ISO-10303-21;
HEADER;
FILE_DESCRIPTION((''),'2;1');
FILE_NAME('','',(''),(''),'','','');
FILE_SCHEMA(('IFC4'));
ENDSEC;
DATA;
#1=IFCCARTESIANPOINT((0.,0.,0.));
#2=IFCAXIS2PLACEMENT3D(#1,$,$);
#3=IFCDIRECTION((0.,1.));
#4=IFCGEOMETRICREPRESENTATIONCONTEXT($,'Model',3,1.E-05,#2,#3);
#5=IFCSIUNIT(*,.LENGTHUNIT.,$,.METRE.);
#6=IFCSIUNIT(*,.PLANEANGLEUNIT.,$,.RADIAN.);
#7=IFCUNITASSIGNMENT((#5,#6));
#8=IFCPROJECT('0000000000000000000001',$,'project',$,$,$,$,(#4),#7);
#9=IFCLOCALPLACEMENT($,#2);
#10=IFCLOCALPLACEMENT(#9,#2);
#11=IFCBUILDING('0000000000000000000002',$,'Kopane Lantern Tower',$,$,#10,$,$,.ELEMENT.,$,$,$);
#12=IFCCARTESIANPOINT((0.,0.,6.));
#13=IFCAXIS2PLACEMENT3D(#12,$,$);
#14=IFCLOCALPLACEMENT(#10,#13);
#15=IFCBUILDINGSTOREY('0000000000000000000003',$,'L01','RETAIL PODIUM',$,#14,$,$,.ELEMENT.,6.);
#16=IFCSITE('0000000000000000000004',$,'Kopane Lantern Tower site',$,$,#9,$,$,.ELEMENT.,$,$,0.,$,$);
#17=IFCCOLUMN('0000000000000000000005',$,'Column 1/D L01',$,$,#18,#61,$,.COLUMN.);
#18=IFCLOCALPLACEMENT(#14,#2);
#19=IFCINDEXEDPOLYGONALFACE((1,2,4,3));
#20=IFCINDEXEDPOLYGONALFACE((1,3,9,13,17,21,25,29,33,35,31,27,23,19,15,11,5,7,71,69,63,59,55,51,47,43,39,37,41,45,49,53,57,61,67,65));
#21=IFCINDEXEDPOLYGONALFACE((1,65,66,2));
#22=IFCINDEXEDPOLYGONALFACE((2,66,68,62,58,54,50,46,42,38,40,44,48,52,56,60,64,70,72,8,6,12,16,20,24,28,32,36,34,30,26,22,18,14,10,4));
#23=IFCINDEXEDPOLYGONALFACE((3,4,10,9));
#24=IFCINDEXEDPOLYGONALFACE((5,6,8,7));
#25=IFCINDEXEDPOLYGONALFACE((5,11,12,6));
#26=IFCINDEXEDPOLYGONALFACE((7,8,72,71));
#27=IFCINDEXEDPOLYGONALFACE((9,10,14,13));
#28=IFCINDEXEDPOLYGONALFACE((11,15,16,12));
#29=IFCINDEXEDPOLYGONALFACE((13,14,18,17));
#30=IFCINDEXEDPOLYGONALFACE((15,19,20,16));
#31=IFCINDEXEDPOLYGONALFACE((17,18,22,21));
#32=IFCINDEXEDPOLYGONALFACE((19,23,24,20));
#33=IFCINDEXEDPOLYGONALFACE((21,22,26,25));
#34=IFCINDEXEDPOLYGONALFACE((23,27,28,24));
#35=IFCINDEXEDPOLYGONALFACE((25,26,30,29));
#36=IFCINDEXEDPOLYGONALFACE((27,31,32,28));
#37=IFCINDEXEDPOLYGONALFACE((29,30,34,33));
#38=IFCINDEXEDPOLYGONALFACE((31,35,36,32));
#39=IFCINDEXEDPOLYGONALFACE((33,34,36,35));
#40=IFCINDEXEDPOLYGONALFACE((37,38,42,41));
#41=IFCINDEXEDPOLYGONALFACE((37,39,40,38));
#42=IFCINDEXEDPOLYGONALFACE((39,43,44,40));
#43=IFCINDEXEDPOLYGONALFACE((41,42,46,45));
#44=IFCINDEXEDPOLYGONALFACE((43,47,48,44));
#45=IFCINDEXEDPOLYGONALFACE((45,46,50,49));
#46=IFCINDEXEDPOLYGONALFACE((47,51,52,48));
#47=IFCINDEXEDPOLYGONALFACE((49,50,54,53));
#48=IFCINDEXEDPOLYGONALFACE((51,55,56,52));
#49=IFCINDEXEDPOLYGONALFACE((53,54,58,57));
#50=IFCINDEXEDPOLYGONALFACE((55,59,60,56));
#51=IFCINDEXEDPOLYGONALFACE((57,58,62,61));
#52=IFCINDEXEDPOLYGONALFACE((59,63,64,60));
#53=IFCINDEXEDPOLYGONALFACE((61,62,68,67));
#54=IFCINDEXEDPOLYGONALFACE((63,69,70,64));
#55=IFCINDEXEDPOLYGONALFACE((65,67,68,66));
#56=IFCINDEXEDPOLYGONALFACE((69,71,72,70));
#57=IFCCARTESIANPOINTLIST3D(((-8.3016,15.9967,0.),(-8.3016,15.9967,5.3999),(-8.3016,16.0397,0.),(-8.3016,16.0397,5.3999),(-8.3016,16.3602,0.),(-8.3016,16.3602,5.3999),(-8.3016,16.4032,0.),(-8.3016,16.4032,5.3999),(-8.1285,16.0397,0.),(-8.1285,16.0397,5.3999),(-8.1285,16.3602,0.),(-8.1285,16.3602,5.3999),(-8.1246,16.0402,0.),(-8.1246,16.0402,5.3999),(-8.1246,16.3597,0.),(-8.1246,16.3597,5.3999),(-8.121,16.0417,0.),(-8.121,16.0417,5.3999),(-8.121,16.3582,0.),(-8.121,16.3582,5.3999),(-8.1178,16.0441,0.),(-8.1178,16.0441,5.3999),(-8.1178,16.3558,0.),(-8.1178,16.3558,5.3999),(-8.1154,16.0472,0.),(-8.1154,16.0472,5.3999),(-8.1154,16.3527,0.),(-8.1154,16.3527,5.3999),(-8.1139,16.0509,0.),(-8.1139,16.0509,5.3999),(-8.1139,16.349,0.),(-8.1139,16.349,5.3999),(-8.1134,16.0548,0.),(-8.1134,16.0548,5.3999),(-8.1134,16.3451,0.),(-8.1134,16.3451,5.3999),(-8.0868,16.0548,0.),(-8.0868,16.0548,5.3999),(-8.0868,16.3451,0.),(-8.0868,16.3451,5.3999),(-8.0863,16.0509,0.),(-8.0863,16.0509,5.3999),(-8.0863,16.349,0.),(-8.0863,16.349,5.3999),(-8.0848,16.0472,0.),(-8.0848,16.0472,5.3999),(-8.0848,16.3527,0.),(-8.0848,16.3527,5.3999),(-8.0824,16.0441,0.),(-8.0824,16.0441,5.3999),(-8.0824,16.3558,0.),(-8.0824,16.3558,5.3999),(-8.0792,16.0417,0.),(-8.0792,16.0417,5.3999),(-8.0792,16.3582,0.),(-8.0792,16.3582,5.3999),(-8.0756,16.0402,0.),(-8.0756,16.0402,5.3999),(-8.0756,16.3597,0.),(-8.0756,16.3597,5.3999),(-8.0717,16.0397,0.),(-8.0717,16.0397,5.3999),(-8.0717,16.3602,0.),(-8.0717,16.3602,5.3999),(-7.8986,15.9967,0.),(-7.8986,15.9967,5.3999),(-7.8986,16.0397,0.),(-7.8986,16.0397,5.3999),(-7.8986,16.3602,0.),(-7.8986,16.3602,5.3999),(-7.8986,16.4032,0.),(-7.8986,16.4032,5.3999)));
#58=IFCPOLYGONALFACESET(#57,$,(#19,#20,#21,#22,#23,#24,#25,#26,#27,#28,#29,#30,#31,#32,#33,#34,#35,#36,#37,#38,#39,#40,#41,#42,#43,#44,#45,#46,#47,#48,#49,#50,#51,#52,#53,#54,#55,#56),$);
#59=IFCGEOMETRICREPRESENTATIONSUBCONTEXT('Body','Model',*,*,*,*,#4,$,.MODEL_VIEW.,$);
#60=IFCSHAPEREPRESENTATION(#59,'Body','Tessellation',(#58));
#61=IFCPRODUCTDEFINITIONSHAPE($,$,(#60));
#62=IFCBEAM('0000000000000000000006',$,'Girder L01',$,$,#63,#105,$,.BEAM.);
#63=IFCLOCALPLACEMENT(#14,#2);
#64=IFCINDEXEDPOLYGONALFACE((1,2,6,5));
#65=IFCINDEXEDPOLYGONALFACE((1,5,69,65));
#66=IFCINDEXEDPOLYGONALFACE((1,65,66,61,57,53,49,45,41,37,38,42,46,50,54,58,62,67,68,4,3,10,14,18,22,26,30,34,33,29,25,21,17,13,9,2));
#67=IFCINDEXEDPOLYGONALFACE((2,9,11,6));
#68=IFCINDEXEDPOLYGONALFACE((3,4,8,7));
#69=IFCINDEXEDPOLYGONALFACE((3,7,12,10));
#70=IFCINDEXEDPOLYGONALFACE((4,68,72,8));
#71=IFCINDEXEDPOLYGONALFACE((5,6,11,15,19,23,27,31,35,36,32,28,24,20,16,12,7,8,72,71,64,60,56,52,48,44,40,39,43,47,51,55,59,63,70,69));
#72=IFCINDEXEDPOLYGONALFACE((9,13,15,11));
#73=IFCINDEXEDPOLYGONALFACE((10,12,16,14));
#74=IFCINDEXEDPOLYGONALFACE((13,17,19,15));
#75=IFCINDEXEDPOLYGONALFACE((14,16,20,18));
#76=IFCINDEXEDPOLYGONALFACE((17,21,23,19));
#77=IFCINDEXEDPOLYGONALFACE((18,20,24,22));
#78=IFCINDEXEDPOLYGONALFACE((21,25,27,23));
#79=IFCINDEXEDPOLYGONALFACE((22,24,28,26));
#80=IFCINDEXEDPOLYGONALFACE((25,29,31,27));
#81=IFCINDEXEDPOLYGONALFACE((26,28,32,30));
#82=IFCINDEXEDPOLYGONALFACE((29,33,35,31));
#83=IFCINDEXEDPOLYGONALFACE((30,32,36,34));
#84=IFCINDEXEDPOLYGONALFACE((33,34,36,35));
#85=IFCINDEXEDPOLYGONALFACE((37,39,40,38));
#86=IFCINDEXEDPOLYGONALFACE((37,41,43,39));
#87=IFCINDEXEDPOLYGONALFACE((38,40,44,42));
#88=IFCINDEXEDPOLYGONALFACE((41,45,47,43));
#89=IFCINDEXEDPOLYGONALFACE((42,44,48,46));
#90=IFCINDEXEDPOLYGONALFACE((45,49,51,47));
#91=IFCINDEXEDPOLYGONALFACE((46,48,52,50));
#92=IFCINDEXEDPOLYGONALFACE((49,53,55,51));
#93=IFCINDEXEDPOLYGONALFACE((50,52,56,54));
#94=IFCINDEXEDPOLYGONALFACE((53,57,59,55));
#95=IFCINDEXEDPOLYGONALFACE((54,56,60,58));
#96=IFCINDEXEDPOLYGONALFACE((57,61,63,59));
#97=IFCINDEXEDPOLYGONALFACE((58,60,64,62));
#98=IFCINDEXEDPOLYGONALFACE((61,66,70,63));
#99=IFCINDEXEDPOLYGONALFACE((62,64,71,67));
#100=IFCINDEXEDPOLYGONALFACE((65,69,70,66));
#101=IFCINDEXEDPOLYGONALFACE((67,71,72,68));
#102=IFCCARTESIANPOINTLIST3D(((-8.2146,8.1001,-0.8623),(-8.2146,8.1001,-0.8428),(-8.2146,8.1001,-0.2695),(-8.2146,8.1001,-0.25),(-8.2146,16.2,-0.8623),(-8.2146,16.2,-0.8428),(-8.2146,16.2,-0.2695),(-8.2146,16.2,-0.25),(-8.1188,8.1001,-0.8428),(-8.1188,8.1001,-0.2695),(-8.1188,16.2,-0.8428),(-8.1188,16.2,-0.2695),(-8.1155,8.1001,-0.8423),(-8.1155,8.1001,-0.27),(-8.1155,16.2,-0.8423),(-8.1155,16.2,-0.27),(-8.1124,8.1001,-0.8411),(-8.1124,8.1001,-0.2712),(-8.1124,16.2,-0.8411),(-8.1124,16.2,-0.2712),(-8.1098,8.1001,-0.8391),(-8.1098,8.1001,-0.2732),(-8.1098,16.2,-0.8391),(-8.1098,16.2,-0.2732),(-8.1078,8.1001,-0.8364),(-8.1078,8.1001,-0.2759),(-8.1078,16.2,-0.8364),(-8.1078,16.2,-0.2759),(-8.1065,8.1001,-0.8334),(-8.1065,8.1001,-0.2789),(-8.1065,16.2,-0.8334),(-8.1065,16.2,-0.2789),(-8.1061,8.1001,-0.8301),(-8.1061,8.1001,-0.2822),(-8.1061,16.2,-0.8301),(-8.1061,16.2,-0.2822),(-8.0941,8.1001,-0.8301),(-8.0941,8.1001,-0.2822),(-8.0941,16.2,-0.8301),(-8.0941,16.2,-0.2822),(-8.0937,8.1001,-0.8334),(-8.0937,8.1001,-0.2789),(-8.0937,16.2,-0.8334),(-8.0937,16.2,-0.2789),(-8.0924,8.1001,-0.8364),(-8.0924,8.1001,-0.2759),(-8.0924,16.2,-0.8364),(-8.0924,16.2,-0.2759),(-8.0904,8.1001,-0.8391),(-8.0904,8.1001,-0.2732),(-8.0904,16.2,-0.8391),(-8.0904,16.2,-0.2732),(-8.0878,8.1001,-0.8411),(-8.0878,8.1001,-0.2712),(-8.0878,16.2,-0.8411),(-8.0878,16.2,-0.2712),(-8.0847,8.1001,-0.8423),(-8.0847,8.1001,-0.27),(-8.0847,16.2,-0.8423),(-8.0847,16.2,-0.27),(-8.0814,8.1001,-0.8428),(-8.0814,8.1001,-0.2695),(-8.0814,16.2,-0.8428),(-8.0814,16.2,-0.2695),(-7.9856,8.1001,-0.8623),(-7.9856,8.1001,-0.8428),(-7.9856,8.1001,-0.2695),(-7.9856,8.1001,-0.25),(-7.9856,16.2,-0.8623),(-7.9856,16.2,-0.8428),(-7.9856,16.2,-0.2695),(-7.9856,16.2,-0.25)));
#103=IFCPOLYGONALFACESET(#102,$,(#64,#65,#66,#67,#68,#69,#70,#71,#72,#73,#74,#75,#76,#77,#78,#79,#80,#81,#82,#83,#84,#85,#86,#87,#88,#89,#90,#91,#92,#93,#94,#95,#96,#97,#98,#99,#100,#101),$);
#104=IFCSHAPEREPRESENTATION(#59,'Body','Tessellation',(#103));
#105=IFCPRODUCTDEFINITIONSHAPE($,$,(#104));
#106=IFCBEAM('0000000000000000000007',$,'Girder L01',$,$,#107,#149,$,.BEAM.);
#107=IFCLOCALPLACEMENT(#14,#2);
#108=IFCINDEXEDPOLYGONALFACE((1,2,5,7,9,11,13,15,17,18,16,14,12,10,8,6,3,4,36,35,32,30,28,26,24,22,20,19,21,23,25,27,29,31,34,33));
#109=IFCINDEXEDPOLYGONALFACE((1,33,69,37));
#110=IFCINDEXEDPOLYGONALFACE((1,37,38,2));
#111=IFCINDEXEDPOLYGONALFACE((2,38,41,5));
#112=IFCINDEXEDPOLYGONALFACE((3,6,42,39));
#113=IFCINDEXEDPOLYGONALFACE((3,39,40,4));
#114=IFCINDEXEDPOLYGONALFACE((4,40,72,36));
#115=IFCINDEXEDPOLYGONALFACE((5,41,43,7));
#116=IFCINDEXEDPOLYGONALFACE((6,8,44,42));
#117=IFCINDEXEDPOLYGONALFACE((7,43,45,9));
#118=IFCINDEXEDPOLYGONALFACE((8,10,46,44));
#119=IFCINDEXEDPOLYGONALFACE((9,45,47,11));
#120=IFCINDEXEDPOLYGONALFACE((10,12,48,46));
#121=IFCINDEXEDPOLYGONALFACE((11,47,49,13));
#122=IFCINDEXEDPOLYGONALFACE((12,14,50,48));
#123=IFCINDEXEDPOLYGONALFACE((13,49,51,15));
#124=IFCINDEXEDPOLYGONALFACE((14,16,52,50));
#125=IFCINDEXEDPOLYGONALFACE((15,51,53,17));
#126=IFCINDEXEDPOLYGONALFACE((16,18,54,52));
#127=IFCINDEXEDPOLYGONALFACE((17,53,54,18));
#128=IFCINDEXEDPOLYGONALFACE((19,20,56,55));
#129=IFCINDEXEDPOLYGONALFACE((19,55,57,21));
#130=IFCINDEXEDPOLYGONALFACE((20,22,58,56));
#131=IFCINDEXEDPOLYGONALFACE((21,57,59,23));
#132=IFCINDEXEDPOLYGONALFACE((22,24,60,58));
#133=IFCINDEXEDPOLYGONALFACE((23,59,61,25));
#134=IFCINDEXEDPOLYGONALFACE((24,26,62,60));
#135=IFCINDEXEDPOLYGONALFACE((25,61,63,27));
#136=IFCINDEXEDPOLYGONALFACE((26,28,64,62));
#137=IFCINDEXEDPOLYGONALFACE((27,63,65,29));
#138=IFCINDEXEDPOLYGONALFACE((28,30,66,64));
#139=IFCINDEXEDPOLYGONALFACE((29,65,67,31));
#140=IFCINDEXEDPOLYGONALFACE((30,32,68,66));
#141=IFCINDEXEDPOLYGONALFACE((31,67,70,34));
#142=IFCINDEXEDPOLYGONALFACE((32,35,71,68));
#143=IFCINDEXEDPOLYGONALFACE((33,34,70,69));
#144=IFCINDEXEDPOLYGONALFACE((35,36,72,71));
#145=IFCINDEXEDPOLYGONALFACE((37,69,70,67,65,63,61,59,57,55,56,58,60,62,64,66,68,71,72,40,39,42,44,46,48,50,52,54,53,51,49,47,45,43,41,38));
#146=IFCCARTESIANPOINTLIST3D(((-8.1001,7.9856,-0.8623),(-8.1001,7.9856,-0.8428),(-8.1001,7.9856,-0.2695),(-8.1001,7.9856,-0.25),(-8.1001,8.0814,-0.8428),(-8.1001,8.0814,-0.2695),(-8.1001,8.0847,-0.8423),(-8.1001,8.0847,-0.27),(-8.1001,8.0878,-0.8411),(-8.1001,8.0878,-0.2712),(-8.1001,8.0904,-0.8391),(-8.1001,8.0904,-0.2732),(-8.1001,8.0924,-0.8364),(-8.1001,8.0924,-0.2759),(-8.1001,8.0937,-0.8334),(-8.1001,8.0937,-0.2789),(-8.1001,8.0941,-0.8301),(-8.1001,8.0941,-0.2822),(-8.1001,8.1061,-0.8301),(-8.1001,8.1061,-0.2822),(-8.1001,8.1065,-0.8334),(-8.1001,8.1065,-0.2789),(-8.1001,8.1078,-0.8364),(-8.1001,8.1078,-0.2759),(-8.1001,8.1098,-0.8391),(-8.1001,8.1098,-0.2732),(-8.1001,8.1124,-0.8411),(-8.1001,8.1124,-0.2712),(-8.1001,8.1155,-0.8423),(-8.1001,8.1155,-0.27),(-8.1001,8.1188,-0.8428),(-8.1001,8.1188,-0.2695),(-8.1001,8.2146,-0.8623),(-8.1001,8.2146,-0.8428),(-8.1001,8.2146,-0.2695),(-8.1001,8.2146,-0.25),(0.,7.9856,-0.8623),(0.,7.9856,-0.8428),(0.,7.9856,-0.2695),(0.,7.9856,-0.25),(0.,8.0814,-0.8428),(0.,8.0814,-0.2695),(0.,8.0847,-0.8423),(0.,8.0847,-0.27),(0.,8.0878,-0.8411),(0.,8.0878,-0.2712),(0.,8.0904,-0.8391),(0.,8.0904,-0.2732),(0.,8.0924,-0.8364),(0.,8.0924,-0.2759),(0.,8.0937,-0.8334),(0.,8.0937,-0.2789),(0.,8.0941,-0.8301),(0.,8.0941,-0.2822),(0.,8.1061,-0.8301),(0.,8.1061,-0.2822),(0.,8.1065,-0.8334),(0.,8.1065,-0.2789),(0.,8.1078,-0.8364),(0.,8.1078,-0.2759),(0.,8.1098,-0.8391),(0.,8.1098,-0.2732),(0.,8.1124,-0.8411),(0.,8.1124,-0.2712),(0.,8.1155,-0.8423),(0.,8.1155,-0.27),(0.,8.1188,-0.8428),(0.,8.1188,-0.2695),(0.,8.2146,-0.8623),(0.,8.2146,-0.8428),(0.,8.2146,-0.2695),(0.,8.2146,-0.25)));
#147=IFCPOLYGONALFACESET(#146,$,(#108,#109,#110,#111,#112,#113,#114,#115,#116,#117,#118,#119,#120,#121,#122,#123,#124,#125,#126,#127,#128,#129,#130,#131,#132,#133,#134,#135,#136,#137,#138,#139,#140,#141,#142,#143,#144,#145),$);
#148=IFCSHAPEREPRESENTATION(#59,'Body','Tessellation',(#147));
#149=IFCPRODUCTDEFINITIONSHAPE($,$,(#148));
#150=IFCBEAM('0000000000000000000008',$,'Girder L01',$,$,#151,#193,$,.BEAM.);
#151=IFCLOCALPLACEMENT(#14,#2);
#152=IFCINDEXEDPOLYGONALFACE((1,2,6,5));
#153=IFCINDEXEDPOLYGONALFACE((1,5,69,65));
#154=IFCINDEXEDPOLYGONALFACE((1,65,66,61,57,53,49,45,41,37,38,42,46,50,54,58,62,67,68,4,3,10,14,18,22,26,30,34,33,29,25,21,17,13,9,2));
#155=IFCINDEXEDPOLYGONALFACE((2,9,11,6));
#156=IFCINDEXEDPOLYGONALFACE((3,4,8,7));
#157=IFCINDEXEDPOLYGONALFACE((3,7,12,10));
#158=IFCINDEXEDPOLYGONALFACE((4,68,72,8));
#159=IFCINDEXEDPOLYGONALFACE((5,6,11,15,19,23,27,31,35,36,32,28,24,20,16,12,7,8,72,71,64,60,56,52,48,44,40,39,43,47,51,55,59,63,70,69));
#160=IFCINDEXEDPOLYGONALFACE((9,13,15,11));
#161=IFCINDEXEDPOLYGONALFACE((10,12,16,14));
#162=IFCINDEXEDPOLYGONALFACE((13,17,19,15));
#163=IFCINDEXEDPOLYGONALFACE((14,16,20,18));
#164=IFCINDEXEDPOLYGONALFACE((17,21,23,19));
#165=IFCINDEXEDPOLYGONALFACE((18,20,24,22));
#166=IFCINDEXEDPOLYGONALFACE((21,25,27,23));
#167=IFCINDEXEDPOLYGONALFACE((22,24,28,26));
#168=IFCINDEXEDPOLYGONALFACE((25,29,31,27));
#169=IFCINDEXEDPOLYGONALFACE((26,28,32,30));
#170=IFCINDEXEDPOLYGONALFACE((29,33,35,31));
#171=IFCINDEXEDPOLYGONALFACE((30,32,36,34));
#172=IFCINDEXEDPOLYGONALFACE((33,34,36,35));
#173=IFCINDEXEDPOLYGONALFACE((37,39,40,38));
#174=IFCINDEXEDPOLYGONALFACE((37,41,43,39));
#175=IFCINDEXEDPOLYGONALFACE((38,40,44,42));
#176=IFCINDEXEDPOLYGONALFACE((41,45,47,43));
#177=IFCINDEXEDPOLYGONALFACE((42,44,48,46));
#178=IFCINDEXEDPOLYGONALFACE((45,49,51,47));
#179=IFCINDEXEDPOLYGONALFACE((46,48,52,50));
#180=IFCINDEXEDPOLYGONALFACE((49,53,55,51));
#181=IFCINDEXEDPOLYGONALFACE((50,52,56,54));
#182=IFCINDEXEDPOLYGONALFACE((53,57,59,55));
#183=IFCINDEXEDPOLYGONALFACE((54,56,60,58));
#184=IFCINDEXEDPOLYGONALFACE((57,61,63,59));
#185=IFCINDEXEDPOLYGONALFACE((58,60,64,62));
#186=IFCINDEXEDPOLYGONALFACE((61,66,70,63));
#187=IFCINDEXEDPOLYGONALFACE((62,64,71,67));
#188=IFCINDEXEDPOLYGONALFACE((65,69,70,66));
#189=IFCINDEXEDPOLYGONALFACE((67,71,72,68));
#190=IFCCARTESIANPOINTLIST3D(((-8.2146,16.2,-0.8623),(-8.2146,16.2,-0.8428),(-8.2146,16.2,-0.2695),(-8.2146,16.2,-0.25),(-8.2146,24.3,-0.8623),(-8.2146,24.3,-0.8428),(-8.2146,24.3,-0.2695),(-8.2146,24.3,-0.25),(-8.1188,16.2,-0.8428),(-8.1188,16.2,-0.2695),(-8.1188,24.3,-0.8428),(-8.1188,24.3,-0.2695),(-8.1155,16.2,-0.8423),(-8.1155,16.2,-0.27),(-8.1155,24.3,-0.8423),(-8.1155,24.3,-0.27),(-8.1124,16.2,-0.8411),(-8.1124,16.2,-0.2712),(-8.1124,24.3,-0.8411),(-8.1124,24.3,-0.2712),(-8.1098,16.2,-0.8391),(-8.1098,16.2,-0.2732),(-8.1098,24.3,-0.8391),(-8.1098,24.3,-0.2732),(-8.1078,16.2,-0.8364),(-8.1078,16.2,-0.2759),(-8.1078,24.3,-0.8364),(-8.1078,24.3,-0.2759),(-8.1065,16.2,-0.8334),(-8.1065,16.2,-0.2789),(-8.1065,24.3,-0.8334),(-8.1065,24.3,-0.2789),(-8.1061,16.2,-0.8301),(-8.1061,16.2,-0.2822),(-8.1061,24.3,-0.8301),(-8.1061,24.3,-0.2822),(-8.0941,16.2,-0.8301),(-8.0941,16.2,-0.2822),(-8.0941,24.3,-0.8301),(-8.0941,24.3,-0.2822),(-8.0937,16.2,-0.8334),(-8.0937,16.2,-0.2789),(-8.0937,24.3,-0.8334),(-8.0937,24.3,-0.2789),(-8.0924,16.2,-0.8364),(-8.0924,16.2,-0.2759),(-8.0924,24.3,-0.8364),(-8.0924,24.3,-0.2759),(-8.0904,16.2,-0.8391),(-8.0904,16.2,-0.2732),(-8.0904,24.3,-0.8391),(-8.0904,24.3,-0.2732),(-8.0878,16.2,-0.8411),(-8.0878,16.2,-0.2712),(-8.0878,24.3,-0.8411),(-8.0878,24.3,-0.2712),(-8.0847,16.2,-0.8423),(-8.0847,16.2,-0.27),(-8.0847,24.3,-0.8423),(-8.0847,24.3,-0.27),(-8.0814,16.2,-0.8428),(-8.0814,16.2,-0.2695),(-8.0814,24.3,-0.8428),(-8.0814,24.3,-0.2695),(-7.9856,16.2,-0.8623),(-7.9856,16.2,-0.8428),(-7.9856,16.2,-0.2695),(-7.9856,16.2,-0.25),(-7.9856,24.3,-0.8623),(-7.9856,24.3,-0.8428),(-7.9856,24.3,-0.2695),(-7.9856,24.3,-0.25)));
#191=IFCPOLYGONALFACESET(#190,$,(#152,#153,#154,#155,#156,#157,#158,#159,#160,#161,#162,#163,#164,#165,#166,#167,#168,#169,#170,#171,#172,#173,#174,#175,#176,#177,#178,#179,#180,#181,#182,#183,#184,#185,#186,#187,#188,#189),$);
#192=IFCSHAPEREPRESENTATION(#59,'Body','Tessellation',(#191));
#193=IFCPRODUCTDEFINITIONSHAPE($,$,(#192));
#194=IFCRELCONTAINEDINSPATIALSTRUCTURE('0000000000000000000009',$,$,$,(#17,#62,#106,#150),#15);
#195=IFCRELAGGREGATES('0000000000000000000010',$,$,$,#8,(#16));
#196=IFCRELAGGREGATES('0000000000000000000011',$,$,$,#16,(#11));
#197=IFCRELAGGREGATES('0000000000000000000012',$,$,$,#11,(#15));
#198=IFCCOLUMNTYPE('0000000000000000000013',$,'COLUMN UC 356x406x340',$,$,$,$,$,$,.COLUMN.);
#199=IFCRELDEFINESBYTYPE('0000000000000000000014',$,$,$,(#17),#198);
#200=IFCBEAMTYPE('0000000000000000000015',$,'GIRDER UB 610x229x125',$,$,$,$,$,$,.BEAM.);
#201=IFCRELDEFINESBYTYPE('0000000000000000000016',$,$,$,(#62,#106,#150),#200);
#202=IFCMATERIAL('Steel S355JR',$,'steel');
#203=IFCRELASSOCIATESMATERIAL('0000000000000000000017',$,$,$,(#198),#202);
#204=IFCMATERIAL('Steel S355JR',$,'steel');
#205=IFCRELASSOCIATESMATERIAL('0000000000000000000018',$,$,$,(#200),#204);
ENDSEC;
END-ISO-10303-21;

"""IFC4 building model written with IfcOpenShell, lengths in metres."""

from ifc_helpers import new_model, si_unit, direction, frame, origin, origin_2d, place, context, subcontext, project, spatial, i_section, extrude, material, material_profile, profile_set, type_object, element, save


model = new_model("IFC4")

# Units and contexts
model_context = context("Model", 3, precision=1e-05, world=origin(), true_north=direction((0.0, 1.0)))
body_context = subcontext(model_context, "Body", "Model", "MODEL_VIEW")
ifc_project = project(units=[si_unit("LENGTHUNIT", "METRE"), si_unit("PLANEANGLEUNIT", "RADIAN")], contexts=[model_context])

# Site, building, storey
site_placement = place(None, origin())
site = spatial("IfcSite", under=ifc_project, at=site_placement, Name="Kopane Lantern Tower site", CompositionType="ELEMENT", RefElevation=0.0)
building_placement = place(site_placement, origin())
building = spatial("IfcBuilding", under=site, at=building_placement, Name="Kopane Lantern Tower", CompositionType="ELEMENT")
storey_placement = place(building_placement, frame((0.0, 0.0, 6.0)))
storey = spatial("IfcBuildingStorey", under=building, at=storey_placement, Name="L01", Description="RETAIL PODIUM", CompositionType="ELEMENT", Elevation=6.0)

# Column
ifc_material_1 = material(Name="Steel S355JR", Category="steel")
ifc_material_profile_1 = material_profile(ifc_material_1, i_section(OverallWidth=0.4031, OverallDepth=0.4065, WebThickness=0.0266, FlangeThickness=0.043, FilletRadius=0.0151, at=origin_2d()), Name="UC 356x406x340")
ifc_profile_set_1 = profile_set([ifc_material_profile_1], Name="Steel S355JR")
column_type = type_object("IfcColumnType", Name="COLUMN UC 356x406x340", PredefinedType="COLUMN", material=ifc_profile_set_1)
column_placement = place(storey_placement, frame((-8.1001, 16.2, 0.0), z_axis=(0.0, 0.0, 1.0), x_axis=(1.0, 0.0, 0.0)))
element("IfcColumn", 1, at=column_placement, inside=storey, type_object=column_type, Name="Column 1/D L01", PredefinedType="COLUMN", context=body_context, shape_type="SweptSolid", body=[
    extrude(i_section(OverallWidth=0.4031, OverallDepth=0.4065, WebThickness=0.0266, FlangeThickness=0.043, FilletRadius=0.0151, at=origin_2d()), origin(), (0.0, 0.0, 1.0), 5.3999),
])

# Beams
ifc_material_2 = material(Name="Steel S355JR", Category="steel")
ifc_material_profile_2 = material_profile(ifc_material_2, i_section(OverallWidth=0.229, OverallDepth=0.6123, WebThickness=0.012, FlangeThickness=0.0195, FilletRadius=0.0127, at=origin_2d()), Name="UB 610x229x125")
ifc_profile_set_2 = profile_set([ifc_material_profile_2], Name="Steel S355JR")
beam_type = type_object("IfcBeamType", Name="GIRDER UB 610x229x125", PredefinedType="BEAM", material=ifc_profile_set_2)
beam_placement = place(storey_placement, frame((-8.1001, 8.1001, -0.5562), z_axis=(0.0, 1.0, 0.0), x_axis=(-1.0, 0.0, 0.0)))
element("IfcBeam", 2, at=beam_placement, inside=storey, type_object=beam_type, Name="Girder L01", PredefinedType="BEAM", context=body_context, shape_type="SweptSolid", body=[
    extrude(i_section(OverallWidth=0.229, OverallDepth=0.6123, WebThickness=0.012, FlangeThickness=0.0195, FilletRadius=0.0127, at=origin_2d()), origin(), (0.0, 0.0, 1.0), 8.0999),
])
for number, where, z_axis, x_axis, name in (
    (3, (-8.1001, 8.1001, -0.5562), (1.0, 0.0, 0.0), (0.0, 1.0, 0.0), "Girder L01"),
    (4, (-8.1001, 16.2, -0.5562), (0.0, 1.0, 0.0), (-1.0, 0.0, 0.0), "Girder L01"),
):
    element("IfcBeam", number, at=place(storey_placement, frame(where, z_axis=z_axis, x_axis=x_axis)), inside=storey, type_object=beam_type, Name=name, PredefinedType="BEAM", context=body_context, shape_type="SweptSolid", body=[
        extrude(i_section(OverallWidth=0.229, OverallDepth=0.6123, WebThickness=0.012, FlangeThickness=0.0195, FilletRadius=0.0127, at=origin_2d()), origin(), (0.0, 0.0, 1.0), 8.1001),
    ])

save(model, "model.ifc")
